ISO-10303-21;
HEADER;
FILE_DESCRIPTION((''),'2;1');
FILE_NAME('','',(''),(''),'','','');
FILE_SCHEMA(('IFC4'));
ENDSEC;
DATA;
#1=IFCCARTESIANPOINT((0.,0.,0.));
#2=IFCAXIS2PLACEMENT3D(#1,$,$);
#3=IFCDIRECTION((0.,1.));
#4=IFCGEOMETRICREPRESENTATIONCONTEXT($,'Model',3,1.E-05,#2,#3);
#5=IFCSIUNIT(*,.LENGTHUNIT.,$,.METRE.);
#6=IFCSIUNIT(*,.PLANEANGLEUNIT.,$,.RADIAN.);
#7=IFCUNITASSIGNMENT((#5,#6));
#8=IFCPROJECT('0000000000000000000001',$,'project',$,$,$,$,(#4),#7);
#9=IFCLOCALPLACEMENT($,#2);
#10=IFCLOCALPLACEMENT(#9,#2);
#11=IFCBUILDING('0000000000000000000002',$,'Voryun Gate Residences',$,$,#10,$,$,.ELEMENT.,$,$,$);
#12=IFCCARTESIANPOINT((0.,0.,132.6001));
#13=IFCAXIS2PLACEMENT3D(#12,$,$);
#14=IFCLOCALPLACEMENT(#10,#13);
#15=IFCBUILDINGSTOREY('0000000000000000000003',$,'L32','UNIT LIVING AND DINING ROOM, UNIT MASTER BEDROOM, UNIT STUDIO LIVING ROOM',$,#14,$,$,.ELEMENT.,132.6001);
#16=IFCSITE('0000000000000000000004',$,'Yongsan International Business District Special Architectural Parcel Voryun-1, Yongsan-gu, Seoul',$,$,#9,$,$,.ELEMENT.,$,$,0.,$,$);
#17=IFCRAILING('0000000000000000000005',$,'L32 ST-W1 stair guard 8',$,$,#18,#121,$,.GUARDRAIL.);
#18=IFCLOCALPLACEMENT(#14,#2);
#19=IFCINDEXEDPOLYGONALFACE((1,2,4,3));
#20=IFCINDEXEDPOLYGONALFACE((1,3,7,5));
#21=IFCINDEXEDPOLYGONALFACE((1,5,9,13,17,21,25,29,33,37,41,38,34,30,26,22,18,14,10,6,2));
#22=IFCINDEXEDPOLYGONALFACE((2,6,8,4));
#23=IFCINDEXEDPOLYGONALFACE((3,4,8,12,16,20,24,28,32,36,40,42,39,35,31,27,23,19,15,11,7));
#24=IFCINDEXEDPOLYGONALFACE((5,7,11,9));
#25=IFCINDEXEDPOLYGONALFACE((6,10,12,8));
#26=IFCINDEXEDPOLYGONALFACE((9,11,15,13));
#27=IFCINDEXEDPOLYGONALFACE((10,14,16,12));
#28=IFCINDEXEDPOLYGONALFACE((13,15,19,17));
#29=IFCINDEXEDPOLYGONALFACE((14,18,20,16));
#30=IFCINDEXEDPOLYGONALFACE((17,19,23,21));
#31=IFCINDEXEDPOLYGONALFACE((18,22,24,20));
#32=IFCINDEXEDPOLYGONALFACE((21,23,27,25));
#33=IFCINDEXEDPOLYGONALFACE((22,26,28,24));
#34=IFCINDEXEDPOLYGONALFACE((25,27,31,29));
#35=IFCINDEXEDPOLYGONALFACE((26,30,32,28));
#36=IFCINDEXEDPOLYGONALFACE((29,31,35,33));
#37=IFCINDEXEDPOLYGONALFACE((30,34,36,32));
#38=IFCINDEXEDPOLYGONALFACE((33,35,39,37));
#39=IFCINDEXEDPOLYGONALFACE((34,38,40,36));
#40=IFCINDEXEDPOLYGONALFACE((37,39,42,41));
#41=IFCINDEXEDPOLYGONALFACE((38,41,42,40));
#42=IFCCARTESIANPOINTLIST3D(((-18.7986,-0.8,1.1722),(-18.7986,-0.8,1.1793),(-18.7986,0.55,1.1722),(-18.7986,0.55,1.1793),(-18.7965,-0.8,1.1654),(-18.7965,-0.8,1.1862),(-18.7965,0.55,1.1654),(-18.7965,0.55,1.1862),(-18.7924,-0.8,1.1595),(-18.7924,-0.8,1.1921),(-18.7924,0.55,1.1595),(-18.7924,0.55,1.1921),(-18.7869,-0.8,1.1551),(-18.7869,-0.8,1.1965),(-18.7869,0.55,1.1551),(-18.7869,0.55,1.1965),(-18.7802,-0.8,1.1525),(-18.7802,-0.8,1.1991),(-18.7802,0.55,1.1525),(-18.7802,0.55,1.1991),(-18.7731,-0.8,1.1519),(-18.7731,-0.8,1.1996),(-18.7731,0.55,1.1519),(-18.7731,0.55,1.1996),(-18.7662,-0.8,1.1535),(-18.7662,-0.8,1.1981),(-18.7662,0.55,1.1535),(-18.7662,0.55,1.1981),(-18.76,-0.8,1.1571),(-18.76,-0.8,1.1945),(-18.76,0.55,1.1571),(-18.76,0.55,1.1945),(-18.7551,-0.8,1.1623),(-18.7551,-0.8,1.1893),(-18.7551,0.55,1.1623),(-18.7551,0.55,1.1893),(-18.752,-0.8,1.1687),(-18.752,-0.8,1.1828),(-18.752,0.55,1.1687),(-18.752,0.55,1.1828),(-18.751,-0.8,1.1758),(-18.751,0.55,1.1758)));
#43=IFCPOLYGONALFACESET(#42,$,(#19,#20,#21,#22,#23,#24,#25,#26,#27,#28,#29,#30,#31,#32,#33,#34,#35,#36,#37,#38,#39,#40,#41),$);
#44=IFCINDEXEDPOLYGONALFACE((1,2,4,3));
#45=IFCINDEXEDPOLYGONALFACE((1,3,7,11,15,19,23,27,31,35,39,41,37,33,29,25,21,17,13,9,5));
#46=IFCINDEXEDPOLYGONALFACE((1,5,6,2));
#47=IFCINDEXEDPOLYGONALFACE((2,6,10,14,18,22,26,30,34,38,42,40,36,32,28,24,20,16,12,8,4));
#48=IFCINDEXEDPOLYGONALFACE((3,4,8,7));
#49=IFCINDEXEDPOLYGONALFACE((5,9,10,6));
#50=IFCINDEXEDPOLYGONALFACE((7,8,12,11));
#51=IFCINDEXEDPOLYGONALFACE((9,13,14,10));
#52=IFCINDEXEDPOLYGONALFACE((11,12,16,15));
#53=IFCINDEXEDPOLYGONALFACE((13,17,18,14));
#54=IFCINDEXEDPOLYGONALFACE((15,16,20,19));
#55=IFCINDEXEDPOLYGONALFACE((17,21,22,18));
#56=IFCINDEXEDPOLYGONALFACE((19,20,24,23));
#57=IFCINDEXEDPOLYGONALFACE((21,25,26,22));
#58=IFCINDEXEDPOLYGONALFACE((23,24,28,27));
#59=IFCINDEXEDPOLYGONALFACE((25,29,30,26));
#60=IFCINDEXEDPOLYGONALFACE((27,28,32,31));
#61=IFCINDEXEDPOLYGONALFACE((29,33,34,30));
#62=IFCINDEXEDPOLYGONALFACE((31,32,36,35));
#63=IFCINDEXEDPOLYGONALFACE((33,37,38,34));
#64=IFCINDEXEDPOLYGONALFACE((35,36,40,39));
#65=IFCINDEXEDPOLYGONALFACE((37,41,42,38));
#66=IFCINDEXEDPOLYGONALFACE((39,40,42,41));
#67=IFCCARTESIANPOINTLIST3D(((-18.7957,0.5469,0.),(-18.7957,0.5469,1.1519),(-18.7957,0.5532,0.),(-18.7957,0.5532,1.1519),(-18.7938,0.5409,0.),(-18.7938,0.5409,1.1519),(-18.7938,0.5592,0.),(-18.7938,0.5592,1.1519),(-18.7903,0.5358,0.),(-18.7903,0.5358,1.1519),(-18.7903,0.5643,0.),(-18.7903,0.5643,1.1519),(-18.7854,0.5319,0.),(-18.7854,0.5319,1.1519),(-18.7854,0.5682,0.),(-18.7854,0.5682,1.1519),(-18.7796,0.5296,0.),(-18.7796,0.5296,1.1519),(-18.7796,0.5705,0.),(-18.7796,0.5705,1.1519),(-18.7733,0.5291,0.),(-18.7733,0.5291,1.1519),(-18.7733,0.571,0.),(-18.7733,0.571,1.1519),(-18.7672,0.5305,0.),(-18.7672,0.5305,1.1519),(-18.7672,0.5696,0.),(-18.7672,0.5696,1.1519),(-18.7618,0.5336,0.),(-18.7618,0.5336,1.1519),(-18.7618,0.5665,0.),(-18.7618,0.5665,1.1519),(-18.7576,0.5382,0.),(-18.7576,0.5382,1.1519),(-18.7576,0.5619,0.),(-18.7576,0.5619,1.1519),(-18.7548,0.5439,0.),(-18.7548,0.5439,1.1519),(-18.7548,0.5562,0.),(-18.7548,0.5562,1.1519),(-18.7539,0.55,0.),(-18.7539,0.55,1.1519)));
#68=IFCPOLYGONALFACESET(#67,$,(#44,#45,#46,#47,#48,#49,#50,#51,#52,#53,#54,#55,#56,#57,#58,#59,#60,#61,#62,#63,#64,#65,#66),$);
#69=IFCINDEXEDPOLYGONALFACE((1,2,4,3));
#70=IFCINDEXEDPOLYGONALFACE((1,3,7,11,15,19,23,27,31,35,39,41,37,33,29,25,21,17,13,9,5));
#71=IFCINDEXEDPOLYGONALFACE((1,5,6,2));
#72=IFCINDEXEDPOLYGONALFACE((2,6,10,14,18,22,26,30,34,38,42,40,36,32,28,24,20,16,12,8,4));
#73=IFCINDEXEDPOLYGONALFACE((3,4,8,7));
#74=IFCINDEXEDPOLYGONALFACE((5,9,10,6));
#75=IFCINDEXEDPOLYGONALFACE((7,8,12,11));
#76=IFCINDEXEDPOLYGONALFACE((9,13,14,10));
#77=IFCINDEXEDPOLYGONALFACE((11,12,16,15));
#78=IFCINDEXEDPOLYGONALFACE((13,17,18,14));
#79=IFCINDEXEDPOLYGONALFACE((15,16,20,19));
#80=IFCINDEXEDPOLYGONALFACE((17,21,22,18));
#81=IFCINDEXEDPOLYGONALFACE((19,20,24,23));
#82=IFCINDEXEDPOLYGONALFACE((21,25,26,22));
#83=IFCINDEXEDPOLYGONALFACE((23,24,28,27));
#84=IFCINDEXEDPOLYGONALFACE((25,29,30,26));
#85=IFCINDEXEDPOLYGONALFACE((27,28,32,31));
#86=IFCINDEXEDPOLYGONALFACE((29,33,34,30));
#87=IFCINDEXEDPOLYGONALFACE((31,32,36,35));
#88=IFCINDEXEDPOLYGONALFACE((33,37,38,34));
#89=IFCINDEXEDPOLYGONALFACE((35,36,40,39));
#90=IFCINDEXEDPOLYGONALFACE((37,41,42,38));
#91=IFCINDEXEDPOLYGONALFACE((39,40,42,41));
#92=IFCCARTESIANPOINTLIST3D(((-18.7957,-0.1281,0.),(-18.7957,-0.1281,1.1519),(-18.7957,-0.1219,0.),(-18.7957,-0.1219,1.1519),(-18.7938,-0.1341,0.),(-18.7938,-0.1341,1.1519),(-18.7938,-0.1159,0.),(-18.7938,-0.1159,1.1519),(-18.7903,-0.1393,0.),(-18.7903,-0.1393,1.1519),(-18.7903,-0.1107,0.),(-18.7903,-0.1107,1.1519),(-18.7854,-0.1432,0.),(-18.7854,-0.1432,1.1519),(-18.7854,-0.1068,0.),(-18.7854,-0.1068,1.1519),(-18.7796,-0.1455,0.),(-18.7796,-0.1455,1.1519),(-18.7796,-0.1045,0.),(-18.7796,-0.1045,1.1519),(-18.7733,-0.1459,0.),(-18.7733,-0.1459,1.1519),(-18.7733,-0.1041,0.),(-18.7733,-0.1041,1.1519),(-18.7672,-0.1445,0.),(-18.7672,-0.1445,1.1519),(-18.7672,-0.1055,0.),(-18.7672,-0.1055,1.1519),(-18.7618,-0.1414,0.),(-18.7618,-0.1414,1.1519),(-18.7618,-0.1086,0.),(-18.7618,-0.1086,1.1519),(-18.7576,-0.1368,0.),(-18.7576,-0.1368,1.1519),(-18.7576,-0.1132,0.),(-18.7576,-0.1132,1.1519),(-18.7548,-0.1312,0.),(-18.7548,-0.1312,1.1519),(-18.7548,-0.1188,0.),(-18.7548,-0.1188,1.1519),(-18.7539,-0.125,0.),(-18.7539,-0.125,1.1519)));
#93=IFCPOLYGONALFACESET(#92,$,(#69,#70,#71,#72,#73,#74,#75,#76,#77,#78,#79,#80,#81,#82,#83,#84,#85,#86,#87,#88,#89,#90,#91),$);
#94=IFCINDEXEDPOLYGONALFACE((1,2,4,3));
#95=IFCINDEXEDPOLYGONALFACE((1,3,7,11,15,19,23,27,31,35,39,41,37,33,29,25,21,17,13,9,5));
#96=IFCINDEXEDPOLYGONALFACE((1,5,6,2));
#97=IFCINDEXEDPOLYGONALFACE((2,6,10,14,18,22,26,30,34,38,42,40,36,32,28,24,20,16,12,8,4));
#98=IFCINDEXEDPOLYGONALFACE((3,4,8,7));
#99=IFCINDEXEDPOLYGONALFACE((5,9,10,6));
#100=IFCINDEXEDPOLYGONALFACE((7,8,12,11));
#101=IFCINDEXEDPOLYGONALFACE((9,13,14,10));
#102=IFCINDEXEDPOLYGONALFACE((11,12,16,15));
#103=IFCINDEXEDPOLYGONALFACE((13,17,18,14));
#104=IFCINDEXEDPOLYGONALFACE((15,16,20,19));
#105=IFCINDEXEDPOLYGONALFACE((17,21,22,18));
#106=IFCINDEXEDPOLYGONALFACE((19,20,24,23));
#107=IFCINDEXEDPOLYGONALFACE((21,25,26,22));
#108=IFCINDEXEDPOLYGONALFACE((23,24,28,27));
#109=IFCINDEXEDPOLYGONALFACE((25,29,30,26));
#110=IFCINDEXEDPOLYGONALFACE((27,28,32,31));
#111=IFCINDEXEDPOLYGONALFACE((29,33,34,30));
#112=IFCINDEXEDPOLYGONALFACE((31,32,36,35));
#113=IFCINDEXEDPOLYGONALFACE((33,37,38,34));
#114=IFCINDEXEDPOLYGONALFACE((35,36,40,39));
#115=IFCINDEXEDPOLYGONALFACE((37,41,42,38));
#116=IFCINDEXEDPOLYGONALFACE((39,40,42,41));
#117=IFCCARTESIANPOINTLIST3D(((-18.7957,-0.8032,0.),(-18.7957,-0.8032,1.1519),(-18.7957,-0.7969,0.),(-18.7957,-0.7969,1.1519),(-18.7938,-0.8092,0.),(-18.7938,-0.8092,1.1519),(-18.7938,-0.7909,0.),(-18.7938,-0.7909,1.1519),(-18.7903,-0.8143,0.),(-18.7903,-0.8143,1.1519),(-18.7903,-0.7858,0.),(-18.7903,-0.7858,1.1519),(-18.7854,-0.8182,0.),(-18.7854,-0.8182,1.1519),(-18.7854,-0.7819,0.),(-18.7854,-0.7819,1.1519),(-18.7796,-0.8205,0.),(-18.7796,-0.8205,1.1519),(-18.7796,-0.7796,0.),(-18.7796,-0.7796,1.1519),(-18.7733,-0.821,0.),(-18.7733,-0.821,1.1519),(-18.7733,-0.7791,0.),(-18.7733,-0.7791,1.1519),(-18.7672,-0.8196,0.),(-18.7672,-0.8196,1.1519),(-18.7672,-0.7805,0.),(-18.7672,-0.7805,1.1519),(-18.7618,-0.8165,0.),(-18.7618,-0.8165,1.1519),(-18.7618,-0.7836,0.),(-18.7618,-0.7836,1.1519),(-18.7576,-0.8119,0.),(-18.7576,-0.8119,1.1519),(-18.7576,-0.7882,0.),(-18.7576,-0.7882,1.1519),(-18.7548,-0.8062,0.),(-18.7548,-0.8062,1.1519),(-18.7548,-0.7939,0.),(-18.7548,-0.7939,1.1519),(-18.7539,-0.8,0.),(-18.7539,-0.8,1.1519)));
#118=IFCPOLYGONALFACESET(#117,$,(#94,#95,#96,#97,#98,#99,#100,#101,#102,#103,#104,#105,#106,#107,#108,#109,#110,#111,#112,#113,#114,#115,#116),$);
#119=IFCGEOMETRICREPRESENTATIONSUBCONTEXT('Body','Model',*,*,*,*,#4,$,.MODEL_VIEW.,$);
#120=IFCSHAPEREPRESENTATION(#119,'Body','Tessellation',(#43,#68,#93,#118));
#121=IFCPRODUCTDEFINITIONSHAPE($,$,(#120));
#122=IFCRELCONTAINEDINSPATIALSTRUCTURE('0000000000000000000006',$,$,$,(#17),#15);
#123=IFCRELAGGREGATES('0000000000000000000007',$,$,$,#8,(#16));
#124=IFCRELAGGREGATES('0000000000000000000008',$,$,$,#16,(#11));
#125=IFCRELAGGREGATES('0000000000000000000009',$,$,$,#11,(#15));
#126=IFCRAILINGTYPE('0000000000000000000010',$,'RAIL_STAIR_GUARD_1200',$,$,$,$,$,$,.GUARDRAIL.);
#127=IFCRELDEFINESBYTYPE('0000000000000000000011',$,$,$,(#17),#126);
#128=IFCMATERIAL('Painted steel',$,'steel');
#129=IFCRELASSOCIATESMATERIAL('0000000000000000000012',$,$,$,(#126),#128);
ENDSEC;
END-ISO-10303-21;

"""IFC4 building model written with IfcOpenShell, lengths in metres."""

from ifc_helpers import new_model, si_unit, direction, frame, origin, origin_2d, place, context, subcontext, project, spatial, circle, extrude, material, type_object, element, save


model = new_model("IFC4")

# Units and contexts
model_context = context("Model", 3, precision=1e-05, world=origin(), true_north=direction((0.0, 1.0)))
body_context = subcontext(model_context, "Body", "Model", "MODEL_VIEW")
ifc_project = project(units=[si_unit("LENGTHUNIT", "METRE"), si_unit("PLANEANGLEUNIT", "RADIAN")], contexts=[model_context])

# Site, building, storey
site_placement = place(None, origin())
site = spatial("IfcSite", under=ifc_project, at=site_placement, Name="Yongsan International Business District Special Architectural Parcel Voryun-1, Yongsan-gu, Seoul", CompositionType="ELEMENT", RefElevation=0.0)
building_placement = place(site_placement, origin())
building = spatial("IfcBuilding", under=site, at=building_placement, Name="Voryun Gate Residences", CompositionType="ELEMENT")
storey_placement = place(building_placement, frame((0.0, 0.0, 132.6001)))
storey = spatial("IfcBuildingStorey", under=building, at=storey_placement, Name="L32", Description="UNIT LIVING AND DINING ROOM, UNIT MASTER BEDROOM, UNIT STUDIO LIVING ROOM", CompositionType="ELEMENT", Elevation=132.6001)

# Railing
ifc_material_1 = material(Name="Painted steel", Category="steel")
railing_type = type_object("IfcRailingType", Name="RAIL_STAIR_GUARD_1200", PredefinedType="GUARDRAIL", material=ifc_material_1)
railing_1_placement = place(storey_placement, frame((-18.7749, 0.55, 0.0)))
element("IfcRailing", 1, at=railing_1_placement, inside=storey, type_object=railing_type, Name="L32 ST-W1 stair guard 8", PredefinedType="GUARDRAIL", context=body_context, shape_type="SweptSolid", body=[
    extrude(circle(Radius=0.0239, at=origin_2d()), frame((0.0, 0.0, 1.1758), z_axis=(0.0, -1.0, 0.0), x_axis=(1.0, 0.0, 0.0)), (0.0, 0.0, 1.0), 1.3501),
    extrude(circle(Radius=0.021, at=origin_2d()), origin(), (0.0, 0.0, 1.0), 1.1519),
    extrude(circle(Radius=0.021, at=origin_2d()), frame((0.0, -0.675, 0.0)), (0.0, 0.0, 1.0), 1.1519),
    extrude(circle(Radius=0.021, at=origin_2d()), frame((0.0, -1.3501, 0.0)), (0.0, 0.0, 1.0), 1.1519),
])

save(model, "model.ifc")
